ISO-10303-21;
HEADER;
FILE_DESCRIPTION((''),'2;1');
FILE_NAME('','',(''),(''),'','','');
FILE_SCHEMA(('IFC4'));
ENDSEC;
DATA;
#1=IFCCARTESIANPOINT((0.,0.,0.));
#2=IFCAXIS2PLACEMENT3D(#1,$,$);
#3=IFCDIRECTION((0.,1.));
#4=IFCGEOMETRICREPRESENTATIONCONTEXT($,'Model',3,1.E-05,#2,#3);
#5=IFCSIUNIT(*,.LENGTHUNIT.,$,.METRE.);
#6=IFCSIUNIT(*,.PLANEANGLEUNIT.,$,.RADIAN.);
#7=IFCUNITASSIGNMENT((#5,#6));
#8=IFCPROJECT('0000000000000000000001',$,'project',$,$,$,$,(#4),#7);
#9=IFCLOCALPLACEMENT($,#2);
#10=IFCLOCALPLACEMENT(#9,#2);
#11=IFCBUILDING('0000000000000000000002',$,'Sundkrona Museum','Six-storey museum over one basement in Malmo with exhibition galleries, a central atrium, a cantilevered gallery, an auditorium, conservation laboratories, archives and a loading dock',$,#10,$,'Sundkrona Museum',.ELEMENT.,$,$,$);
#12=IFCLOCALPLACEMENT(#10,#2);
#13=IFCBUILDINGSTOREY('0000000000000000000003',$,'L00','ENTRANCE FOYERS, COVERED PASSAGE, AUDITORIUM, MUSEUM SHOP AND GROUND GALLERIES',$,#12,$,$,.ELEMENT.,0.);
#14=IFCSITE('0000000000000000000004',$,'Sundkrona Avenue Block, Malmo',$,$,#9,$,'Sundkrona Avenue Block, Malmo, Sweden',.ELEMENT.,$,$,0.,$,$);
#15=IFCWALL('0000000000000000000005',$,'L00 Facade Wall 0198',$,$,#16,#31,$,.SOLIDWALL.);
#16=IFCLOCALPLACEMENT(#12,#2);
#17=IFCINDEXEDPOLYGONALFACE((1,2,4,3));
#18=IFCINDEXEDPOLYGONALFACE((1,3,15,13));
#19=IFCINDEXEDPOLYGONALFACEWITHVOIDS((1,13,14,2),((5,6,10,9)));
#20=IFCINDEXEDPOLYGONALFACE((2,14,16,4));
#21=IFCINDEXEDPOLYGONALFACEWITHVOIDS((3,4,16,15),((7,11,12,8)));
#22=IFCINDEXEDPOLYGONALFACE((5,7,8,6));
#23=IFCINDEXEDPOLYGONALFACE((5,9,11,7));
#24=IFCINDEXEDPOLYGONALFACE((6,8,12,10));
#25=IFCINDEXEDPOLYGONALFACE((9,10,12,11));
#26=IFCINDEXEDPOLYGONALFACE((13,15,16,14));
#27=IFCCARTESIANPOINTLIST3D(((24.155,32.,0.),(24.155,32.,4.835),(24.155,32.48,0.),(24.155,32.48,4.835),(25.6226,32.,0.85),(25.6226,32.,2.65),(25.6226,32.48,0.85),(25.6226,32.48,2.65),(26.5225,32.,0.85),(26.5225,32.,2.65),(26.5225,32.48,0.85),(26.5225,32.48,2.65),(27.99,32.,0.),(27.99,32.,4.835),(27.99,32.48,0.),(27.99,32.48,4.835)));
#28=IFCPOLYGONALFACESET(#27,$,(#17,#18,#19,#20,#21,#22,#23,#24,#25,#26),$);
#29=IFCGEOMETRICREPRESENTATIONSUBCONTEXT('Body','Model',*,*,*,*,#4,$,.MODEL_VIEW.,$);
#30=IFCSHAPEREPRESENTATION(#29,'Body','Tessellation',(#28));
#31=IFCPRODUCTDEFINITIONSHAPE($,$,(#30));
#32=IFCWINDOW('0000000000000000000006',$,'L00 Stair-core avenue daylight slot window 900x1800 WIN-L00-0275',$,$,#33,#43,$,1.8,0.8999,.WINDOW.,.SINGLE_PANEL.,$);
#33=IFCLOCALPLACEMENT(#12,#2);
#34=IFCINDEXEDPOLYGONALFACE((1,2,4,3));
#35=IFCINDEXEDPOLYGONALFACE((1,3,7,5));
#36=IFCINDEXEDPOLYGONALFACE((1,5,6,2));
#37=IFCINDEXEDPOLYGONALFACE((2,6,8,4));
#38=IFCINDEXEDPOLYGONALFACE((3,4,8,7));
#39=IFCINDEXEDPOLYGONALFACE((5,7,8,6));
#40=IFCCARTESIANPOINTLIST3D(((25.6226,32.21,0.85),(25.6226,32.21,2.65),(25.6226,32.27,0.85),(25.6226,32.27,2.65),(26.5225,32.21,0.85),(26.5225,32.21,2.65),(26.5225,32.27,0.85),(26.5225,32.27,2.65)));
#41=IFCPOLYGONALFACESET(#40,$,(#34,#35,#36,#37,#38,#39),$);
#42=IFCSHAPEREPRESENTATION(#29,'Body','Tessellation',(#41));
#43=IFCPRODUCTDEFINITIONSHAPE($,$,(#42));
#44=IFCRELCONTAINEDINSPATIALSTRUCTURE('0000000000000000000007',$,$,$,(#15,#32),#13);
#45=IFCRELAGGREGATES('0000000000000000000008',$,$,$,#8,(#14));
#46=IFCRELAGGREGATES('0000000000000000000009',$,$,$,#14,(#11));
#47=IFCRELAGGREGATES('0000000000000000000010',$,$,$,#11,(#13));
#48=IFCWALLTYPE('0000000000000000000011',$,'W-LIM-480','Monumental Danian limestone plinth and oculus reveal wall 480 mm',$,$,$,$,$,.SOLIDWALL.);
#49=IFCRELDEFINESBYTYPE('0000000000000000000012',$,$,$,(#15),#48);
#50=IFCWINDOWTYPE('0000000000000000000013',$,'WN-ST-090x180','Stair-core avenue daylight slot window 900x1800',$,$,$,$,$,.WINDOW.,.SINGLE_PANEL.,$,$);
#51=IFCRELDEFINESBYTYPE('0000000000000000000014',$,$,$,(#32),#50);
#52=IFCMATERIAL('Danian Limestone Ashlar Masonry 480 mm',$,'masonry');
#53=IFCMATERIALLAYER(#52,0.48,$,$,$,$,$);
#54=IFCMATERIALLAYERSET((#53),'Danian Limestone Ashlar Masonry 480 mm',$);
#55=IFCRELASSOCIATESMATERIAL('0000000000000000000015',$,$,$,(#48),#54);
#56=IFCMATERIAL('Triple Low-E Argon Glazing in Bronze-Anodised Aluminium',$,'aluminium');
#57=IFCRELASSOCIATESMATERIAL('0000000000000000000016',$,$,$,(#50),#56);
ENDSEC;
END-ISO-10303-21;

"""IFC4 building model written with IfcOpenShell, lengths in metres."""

from ifc_helpers import new_model, si_unit, direction, frame, frame_2d, origin, place, context, subcontext, project, spatial, rectangle, extrude, material, layer, layer_set, type_object, element, fill, save


model = new_model("IFC4")

# Units and contexts
model_context = context("Model", 3, precision=1e-05, world=origin(), true_north=direction((0.0, 1.0)))
body_context = subcontext(model_context, "Body", "Model", "MODEL_VIEW")
ifc_project = project(units=[si_unit("LENGTHUNIT", "METRE"), si_unit("PLANEANGLEUNIT", "RADIAN")], contexts=[model_context])

# Site, building, storey
site_placement = place(None, origin())
site = spatial("IfcSite", under=ifc_project, at=site_placement, Name="Sundkrona Avenue Block, Malmo", LongName="Sundkrona Avenue Block, Malmo, Sweden", CompositionType="ELEMENT", RefElevation=0.0)
building_placement = place(site_placement, origin())
building = spatial("IfcBuilding", under=site, at=building_placement, Name="Sundkrona Museum", Description="Six-storey museum over one basement in Malmo with exhibition galleries, a central atrium, a cantilevered gallery, an auditorium, conservation laboratories, archives and a loading dock", LongName="Sundkrona Museum", CompositionType="ELEMENT")
storey_placement = place(building_placement, origin())
storey = spatial("IfcBuildingStorey", under=building, at=storey_placement, Name="L00", Description="ENTRANCE FOYERS, COVERED PASSAGE, AUDITORIUM, MUSEUM SHOP AND GROUND GALLERIES", CompositionType="ELEMENT", Elevation=0.0)

# Shared definitions
ifc_material_1 = material(Name="Danian Limestone Ashlar Masonry 480 mm", Category="masonry")
ifc_layer_1 = layer(ifc_material_1, 0.48)
ifc_layer_set_1 = layer_set([ifc_layer_1], Name="Danian Limestone Ashlar Masonry 480 mm")
wall_type_1 = type_object("IfcWallType", Name="W-LIM-480", Description="Monumental Danian limestone plinth and oculus reveal wall 480 mm", PredefinedType="SOLIDWALL", material=ifc_layer_set_1)
ifc_material_2 = material(Name="Triple Low-E Argon Glazing in Bronze-Anodised Aluminium", Category="aluminium")

# Wall, opening, window
wall_1_placement = place(storey_placement, frame((27.99, 32.24, 0.0), z_axis=(0.0, 0.0, 1.0), x_axis=(-1.0, 0.0, 0.0)))
wall_1 = element("IfcWall", 1, at=wall_1_placement, inside=storey, type_object=wall_type_1, Name="L00 Facade Wall 0198", PredefinedType="SOLIDWALL", context=body_context, shape_type="SweptSolid", body=[
    extrude(rectangle(XDim=3.835, YDim=0.48, at=frame_2d((1.9175, 0.0))), origin(), (0.0, 0.0, 1.0), 4.835),
])
opening_1_placement = place(wall_1_placement, frame((1.4675, 0.0, 0.8501)))
opening_1 = element("IfcOpeningElement", 2, at=opening_1_placement, cuts=wall_1, PredefinedType="OPENING", context=body_context, shape_type="SweptSolid", body=[
    extrude(rectangle(XDim=0.8999, YDim=1.8, at=frame_2d((0.45, 0.8999))), frame((0.0, 0.25, 0.0), z_axis=(0.0, -1.0, 0.0), x_axis=(1.0, 0.0, 0.0)), (0.0, 0.0, 1.0), 0.5),
])
window_type_1 = type_object("IfcWindowType", Name="WN-ST-090x180", Description="Stair-core avenue daylight slot window 900x1800", PartitioningType="SINGLE_PANEL", PredefinedType="WINDOW", material=ifc_material_2)
window_1_placement = place(opening_1_placement, origin())
window_1 = element("IfcWindow", 3, at=window_1_placement, inside=storey, type_object=window_type_1, Name="L00 Stair-core avenue daylight slot window 900x1800 WIN-L00-0275", OverallHeight=1.8, OverallWidth=0.8999, PartitioningType="SINGLE_PANEL", PredefinedType="WINDOW", context=body_context, shape_type="SweptSolid", body=[
    extrude(rectangle(XDim=0.8999, YDim=1.8, at=frame_2d((0.45, 0.8999))), frame((0.0, 0.03, 0.0), z_axis=(0.0, -1.0, 0.0), x_axis=(1.0, 0.0, 0.0)), (0.0, 0.0, 1.0), 0.0601),
])
fill(opening_1, window_1)

save(model, "model.ifc")
